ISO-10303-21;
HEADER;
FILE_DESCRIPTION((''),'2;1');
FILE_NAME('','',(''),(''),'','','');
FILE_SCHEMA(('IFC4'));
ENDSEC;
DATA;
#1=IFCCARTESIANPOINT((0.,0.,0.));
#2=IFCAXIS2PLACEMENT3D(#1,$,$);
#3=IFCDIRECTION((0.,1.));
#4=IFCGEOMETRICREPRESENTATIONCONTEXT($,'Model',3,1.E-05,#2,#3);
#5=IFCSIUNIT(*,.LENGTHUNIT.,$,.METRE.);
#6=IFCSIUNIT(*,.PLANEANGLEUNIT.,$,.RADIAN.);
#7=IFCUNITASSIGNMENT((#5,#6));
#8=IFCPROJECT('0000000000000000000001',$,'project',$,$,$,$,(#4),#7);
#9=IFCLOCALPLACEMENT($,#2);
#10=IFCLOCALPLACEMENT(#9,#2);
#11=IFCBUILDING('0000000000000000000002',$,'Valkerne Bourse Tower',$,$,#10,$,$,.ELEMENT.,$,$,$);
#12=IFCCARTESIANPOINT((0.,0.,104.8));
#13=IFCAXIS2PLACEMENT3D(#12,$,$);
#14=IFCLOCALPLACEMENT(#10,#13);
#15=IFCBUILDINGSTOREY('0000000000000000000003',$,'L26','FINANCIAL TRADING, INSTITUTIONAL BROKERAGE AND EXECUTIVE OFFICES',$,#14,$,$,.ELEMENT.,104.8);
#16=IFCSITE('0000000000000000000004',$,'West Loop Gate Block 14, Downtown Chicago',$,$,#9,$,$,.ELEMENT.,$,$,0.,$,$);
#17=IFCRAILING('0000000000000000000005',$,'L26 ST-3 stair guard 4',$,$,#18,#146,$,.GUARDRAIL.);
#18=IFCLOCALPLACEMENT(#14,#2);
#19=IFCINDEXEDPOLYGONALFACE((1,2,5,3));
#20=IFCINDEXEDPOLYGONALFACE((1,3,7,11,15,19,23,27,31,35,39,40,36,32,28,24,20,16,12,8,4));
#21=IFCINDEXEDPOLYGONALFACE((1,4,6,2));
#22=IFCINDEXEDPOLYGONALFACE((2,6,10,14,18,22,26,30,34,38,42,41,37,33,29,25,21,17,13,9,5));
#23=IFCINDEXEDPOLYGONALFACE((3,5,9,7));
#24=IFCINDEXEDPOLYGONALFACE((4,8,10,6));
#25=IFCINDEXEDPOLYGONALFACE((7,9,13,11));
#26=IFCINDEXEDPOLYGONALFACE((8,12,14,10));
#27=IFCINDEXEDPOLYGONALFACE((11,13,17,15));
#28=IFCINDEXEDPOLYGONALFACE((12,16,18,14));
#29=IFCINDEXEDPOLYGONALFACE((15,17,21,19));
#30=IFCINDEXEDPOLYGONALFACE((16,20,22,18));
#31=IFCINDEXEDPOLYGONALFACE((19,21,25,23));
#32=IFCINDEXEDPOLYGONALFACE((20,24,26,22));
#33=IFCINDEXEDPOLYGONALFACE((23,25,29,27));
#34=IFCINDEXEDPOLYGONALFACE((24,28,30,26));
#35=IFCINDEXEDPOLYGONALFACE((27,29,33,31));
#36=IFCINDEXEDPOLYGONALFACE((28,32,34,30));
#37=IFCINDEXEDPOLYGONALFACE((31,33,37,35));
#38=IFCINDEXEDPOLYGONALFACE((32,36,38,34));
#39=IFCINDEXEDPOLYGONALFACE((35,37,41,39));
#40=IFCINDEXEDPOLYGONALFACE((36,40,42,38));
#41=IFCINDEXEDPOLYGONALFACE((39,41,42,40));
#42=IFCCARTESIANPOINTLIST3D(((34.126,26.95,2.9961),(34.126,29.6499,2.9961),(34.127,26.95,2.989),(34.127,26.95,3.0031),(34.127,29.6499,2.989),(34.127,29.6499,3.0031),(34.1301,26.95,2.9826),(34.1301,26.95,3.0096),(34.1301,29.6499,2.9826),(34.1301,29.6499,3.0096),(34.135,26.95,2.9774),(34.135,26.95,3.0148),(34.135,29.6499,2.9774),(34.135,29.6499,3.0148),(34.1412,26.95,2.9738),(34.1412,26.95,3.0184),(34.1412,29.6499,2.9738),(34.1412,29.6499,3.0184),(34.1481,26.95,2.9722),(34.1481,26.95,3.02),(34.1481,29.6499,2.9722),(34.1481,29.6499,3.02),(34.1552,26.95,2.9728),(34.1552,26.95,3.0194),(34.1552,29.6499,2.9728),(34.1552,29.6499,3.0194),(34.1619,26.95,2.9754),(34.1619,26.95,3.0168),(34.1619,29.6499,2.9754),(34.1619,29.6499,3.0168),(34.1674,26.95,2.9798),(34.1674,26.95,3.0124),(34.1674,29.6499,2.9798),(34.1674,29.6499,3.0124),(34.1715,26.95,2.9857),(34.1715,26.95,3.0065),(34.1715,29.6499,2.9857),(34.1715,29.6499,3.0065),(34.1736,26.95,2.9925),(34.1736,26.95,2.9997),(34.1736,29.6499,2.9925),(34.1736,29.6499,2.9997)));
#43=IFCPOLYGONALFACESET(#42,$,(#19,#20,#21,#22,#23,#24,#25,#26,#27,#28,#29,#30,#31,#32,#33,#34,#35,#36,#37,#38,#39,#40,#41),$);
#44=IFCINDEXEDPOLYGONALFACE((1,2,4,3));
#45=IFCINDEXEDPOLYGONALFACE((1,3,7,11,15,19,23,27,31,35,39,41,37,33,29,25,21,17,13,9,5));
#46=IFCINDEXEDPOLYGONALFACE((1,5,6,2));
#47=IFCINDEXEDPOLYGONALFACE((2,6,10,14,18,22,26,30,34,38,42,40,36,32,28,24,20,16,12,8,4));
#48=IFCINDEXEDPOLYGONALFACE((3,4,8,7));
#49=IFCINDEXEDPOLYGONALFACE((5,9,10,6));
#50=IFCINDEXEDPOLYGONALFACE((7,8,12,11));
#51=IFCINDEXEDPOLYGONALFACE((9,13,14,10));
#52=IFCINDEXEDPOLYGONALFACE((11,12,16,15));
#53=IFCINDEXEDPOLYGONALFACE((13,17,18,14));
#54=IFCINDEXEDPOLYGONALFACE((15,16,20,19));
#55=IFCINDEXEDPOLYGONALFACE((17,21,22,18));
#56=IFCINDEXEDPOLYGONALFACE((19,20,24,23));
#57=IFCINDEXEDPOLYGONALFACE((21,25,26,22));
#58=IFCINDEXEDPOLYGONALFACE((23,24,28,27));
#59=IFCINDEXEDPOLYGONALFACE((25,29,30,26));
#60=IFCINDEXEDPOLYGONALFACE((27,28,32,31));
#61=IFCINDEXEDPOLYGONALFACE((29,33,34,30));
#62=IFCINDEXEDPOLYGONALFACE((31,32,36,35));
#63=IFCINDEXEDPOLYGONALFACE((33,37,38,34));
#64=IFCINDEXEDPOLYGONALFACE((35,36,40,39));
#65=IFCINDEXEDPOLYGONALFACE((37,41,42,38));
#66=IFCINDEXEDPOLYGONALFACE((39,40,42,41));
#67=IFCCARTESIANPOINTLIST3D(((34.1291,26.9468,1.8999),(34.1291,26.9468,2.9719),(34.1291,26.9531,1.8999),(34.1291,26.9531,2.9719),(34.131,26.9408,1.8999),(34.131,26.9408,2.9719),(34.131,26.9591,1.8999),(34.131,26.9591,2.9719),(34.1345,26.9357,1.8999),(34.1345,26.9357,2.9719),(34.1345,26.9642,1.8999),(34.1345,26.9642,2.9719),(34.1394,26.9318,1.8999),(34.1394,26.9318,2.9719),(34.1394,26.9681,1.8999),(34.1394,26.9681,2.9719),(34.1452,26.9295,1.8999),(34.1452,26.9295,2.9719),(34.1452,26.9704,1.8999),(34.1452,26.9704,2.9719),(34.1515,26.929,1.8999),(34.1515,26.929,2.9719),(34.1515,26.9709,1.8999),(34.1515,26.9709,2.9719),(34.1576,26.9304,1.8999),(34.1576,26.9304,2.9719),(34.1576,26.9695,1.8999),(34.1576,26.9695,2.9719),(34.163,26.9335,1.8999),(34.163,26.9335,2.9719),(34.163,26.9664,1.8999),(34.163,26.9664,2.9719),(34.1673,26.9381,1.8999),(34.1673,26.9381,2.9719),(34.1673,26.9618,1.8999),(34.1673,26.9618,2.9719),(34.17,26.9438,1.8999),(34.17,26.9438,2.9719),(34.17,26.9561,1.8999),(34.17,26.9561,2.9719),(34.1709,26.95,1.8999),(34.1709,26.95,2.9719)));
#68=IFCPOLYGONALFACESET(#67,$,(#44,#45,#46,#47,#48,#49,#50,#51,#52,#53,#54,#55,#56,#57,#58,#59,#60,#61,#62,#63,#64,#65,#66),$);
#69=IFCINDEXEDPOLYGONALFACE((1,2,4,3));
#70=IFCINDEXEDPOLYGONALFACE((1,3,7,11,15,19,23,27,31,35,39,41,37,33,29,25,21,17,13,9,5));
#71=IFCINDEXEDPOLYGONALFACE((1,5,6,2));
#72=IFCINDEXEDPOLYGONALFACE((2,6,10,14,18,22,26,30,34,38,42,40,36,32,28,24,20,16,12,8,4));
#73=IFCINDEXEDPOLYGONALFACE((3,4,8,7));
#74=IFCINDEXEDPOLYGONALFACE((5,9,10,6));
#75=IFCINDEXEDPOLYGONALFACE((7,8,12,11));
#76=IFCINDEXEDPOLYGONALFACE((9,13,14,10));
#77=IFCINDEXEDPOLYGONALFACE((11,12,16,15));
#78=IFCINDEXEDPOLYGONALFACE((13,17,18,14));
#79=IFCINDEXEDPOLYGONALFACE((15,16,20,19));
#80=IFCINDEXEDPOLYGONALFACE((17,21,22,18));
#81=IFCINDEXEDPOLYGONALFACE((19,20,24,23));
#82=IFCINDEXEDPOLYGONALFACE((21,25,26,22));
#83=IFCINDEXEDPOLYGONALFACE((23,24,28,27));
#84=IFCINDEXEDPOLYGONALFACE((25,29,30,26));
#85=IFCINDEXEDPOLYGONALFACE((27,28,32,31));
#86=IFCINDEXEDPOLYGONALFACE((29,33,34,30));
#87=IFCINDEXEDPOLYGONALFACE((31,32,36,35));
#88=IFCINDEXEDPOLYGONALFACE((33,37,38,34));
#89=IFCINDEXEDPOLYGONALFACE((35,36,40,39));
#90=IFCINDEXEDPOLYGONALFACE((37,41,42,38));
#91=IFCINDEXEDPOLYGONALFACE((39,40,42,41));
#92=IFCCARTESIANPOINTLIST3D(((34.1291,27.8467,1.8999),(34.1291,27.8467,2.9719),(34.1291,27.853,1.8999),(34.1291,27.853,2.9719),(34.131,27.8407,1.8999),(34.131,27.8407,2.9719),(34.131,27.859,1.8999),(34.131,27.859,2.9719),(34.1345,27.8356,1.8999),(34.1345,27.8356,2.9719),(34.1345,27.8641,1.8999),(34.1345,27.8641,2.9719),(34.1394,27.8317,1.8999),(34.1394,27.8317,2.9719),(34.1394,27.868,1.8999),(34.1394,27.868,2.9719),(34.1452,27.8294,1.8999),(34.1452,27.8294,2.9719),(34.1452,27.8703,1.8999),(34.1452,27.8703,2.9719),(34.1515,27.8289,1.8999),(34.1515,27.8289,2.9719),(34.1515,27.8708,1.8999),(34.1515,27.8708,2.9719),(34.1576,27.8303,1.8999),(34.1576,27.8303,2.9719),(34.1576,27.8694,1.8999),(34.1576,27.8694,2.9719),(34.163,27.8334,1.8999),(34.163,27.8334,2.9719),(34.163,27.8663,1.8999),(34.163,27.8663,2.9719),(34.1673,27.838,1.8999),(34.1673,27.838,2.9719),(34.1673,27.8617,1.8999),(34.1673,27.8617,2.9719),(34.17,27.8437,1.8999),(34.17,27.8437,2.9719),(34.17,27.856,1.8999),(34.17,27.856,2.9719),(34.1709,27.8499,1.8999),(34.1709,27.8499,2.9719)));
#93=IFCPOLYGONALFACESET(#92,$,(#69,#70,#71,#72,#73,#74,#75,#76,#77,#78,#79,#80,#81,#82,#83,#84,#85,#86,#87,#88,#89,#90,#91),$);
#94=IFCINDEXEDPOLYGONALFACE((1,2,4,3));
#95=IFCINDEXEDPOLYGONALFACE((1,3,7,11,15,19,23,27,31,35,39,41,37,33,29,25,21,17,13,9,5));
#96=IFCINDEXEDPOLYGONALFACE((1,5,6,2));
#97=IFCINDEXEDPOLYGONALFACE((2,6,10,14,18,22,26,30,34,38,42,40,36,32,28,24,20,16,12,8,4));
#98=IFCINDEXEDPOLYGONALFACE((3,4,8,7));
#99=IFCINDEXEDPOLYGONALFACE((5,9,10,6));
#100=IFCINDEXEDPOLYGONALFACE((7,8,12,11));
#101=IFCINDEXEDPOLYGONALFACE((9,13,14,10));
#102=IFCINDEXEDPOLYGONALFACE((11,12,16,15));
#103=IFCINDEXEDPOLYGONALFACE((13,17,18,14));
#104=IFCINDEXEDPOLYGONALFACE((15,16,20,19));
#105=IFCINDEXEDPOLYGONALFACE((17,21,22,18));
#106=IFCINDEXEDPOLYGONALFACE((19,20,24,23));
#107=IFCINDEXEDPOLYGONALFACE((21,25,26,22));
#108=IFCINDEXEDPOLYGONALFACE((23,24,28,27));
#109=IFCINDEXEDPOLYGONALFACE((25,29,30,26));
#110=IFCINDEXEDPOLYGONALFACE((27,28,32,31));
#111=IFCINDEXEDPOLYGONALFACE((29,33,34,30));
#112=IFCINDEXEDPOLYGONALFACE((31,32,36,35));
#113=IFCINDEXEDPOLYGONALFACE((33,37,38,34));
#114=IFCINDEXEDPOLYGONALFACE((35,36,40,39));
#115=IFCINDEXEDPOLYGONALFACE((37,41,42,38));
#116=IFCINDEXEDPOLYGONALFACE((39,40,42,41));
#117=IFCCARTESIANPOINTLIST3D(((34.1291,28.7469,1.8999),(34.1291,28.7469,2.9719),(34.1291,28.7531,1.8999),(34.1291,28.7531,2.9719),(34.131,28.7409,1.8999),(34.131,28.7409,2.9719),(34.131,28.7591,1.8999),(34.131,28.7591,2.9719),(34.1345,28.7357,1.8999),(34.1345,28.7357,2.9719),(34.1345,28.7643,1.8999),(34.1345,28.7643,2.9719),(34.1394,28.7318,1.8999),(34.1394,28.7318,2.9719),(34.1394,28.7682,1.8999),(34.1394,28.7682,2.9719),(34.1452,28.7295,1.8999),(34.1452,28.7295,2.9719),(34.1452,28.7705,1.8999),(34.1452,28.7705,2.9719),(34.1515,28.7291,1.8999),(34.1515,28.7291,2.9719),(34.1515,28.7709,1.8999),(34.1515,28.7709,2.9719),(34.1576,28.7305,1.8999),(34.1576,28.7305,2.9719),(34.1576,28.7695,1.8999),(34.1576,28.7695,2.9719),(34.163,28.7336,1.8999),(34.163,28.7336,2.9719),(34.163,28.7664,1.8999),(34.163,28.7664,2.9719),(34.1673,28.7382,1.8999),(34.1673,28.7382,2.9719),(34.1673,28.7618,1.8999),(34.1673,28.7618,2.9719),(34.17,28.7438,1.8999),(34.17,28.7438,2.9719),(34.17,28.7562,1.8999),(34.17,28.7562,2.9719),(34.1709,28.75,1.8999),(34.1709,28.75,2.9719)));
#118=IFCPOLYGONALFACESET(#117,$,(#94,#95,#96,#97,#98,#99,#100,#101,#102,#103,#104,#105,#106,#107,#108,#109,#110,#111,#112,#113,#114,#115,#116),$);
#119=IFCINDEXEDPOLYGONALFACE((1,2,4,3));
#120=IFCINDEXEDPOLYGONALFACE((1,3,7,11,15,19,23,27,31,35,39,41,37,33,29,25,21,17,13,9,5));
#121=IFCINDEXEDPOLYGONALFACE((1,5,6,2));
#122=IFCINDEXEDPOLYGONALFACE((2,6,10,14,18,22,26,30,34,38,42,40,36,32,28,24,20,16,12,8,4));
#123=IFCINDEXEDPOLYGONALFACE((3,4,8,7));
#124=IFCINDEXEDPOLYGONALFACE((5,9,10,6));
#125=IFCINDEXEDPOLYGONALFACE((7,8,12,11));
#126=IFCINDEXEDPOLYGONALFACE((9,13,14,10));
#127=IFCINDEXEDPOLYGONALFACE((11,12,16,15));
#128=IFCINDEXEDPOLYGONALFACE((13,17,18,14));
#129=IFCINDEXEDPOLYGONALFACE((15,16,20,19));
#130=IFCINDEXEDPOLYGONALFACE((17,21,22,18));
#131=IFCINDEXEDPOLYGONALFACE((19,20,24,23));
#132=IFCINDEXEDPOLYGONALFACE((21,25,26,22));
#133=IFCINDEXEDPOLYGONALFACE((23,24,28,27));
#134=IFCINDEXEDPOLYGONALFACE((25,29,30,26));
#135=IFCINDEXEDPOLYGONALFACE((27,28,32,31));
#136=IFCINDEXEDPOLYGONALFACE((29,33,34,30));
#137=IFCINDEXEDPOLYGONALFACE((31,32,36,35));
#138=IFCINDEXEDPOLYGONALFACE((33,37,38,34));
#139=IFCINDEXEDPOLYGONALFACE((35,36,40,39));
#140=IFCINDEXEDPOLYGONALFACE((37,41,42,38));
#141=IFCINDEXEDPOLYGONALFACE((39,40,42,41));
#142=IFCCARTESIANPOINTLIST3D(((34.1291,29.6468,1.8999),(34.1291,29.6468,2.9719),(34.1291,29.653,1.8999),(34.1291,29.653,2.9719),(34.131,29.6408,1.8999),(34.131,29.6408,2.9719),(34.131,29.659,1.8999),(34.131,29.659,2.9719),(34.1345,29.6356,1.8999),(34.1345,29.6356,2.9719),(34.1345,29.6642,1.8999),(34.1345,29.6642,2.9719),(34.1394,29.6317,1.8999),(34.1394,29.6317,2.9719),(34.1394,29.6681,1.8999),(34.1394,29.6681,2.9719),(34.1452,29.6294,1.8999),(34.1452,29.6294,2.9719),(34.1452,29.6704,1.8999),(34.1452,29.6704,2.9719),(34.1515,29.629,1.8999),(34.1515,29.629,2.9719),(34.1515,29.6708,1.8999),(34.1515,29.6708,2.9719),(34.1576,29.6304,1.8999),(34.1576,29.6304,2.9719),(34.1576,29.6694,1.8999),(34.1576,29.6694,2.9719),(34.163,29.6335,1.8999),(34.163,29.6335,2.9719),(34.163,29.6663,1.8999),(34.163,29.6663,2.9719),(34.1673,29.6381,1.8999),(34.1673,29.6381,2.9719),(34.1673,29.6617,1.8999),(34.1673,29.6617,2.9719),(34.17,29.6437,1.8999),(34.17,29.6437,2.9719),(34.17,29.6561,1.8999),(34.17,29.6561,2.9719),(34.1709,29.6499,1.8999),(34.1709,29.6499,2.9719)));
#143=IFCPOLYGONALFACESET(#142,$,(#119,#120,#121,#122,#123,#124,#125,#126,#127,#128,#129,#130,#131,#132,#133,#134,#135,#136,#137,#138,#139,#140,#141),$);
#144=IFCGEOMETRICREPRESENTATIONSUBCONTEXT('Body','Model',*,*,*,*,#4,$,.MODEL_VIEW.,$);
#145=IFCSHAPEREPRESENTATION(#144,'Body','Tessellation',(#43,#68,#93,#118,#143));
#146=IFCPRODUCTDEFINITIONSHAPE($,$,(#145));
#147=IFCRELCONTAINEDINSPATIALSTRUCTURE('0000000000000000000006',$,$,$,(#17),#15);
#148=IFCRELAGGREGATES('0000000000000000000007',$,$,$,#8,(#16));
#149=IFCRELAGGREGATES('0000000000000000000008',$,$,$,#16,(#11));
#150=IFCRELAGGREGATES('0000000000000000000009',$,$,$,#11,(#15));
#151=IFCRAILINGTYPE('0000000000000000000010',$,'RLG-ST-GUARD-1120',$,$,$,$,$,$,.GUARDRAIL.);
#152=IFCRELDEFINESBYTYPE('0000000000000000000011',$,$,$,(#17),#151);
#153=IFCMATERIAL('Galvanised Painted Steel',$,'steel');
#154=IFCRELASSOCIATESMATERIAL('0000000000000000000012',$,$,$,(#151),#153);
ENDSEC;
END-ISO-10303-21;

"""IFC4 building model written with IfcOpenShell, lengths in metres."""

from ifc_helpers import new_model, si_unit, direction, frame, origin, origin_2d, place, context, subcontext, project, spatial, circle, extrude, material, type_object, element, save


model = new_model("IFC4")

# Units and contexts
model_context = context("Model", 3, precision=1e-05, world=origin(), true_north=direction((0.0, 1.0)))
body_context = subcontext(model_context, "Body", "Model", "MODEL_VIEW")
ifc_project = project(units=[si_unit("LENGTHUNIT", "METRE"), si_unit("PLANEANGLEUNIT", "RADIAN")], contexts=[model_context])

# Site, building, storey
site_placement = place(None, origin())
site = spatial("IfcSite", under=ifc_project, at=site_placement, Name="West Loop Gate Block 14, Downtown Chicago", CompositionType="ELEMENT", RefElevation=0.0)
building_placement = place(site_placement, origin())
building = spatial("IfcBuilding", under=site, at=building_placement, Name="Valkerne Bourse Tower", CompositionType="ELEMENT")
storey_placement = place(building_placement, frame((0.0, 0.0, 104.8)))
storey = spatial("IfcBuildingStorey", under=building, at=storey_placement, Name="L26", Description="FINANCIAL TRADING, INSTITUTIONAL BROKERAGE AND EXECUTIVE OFFICES", CompositionType="ELEMENT", Elevation=104.8)

# Shared definitions
ifc_material_1 = material(Name="Galvanised Painted Steel", Category="steel")

# Railing
railing_type_1 = type_object("IfcRailingType", Name="RLG-ST-GUARD-1120", PredefinedType="GUARDRAIL", material=ifc_material_1)
for number, where, name in (
    (1, (34.1499, 26.95, 1.8999), "L26 ST-3 stair guard 4"),
):
    element("IfcRailing", number, at=place(storey_placement, frame(where)), inside=storey, type_object=railing_type_1, Name=name, PredefinedType="GUARDRAIL", context=body_context, shape_type="SweptSolid", body=[
        extrude(circle(Radius=0.0239, at=origin_2d()), frame((0.0, 0.0, 1.0962), z_axis=(0.0, 1.0, 0.0), x_axis=(-1.0, 0.0, 0.0)), (0.0, 0.0, 1.0), 2.7),
        extrude(circle(Radius=0.021, at=origin_2d()), origin(), (0.0, 0.0, 1.0), 1.072),
        extrude(circle(Radius=0.021, at=origin_2d()), frame((0.0, 0.8999, 0.0)), (0.0, 0.0, 1.0), 1.072),
        extrude(circle(Radius=0.021, at=origin_2d()), frame((0.0, 1.8, 0.0)), (0.0, 0.0, 1.0), 1.072),
        extrude(circle(Radius=0.021, at=origin_2d()), frame((0.0, 2.7, 0.0)), (0.0, 0.0, 1.0), 1.072),
    ])

save(model, "model.ifc")
